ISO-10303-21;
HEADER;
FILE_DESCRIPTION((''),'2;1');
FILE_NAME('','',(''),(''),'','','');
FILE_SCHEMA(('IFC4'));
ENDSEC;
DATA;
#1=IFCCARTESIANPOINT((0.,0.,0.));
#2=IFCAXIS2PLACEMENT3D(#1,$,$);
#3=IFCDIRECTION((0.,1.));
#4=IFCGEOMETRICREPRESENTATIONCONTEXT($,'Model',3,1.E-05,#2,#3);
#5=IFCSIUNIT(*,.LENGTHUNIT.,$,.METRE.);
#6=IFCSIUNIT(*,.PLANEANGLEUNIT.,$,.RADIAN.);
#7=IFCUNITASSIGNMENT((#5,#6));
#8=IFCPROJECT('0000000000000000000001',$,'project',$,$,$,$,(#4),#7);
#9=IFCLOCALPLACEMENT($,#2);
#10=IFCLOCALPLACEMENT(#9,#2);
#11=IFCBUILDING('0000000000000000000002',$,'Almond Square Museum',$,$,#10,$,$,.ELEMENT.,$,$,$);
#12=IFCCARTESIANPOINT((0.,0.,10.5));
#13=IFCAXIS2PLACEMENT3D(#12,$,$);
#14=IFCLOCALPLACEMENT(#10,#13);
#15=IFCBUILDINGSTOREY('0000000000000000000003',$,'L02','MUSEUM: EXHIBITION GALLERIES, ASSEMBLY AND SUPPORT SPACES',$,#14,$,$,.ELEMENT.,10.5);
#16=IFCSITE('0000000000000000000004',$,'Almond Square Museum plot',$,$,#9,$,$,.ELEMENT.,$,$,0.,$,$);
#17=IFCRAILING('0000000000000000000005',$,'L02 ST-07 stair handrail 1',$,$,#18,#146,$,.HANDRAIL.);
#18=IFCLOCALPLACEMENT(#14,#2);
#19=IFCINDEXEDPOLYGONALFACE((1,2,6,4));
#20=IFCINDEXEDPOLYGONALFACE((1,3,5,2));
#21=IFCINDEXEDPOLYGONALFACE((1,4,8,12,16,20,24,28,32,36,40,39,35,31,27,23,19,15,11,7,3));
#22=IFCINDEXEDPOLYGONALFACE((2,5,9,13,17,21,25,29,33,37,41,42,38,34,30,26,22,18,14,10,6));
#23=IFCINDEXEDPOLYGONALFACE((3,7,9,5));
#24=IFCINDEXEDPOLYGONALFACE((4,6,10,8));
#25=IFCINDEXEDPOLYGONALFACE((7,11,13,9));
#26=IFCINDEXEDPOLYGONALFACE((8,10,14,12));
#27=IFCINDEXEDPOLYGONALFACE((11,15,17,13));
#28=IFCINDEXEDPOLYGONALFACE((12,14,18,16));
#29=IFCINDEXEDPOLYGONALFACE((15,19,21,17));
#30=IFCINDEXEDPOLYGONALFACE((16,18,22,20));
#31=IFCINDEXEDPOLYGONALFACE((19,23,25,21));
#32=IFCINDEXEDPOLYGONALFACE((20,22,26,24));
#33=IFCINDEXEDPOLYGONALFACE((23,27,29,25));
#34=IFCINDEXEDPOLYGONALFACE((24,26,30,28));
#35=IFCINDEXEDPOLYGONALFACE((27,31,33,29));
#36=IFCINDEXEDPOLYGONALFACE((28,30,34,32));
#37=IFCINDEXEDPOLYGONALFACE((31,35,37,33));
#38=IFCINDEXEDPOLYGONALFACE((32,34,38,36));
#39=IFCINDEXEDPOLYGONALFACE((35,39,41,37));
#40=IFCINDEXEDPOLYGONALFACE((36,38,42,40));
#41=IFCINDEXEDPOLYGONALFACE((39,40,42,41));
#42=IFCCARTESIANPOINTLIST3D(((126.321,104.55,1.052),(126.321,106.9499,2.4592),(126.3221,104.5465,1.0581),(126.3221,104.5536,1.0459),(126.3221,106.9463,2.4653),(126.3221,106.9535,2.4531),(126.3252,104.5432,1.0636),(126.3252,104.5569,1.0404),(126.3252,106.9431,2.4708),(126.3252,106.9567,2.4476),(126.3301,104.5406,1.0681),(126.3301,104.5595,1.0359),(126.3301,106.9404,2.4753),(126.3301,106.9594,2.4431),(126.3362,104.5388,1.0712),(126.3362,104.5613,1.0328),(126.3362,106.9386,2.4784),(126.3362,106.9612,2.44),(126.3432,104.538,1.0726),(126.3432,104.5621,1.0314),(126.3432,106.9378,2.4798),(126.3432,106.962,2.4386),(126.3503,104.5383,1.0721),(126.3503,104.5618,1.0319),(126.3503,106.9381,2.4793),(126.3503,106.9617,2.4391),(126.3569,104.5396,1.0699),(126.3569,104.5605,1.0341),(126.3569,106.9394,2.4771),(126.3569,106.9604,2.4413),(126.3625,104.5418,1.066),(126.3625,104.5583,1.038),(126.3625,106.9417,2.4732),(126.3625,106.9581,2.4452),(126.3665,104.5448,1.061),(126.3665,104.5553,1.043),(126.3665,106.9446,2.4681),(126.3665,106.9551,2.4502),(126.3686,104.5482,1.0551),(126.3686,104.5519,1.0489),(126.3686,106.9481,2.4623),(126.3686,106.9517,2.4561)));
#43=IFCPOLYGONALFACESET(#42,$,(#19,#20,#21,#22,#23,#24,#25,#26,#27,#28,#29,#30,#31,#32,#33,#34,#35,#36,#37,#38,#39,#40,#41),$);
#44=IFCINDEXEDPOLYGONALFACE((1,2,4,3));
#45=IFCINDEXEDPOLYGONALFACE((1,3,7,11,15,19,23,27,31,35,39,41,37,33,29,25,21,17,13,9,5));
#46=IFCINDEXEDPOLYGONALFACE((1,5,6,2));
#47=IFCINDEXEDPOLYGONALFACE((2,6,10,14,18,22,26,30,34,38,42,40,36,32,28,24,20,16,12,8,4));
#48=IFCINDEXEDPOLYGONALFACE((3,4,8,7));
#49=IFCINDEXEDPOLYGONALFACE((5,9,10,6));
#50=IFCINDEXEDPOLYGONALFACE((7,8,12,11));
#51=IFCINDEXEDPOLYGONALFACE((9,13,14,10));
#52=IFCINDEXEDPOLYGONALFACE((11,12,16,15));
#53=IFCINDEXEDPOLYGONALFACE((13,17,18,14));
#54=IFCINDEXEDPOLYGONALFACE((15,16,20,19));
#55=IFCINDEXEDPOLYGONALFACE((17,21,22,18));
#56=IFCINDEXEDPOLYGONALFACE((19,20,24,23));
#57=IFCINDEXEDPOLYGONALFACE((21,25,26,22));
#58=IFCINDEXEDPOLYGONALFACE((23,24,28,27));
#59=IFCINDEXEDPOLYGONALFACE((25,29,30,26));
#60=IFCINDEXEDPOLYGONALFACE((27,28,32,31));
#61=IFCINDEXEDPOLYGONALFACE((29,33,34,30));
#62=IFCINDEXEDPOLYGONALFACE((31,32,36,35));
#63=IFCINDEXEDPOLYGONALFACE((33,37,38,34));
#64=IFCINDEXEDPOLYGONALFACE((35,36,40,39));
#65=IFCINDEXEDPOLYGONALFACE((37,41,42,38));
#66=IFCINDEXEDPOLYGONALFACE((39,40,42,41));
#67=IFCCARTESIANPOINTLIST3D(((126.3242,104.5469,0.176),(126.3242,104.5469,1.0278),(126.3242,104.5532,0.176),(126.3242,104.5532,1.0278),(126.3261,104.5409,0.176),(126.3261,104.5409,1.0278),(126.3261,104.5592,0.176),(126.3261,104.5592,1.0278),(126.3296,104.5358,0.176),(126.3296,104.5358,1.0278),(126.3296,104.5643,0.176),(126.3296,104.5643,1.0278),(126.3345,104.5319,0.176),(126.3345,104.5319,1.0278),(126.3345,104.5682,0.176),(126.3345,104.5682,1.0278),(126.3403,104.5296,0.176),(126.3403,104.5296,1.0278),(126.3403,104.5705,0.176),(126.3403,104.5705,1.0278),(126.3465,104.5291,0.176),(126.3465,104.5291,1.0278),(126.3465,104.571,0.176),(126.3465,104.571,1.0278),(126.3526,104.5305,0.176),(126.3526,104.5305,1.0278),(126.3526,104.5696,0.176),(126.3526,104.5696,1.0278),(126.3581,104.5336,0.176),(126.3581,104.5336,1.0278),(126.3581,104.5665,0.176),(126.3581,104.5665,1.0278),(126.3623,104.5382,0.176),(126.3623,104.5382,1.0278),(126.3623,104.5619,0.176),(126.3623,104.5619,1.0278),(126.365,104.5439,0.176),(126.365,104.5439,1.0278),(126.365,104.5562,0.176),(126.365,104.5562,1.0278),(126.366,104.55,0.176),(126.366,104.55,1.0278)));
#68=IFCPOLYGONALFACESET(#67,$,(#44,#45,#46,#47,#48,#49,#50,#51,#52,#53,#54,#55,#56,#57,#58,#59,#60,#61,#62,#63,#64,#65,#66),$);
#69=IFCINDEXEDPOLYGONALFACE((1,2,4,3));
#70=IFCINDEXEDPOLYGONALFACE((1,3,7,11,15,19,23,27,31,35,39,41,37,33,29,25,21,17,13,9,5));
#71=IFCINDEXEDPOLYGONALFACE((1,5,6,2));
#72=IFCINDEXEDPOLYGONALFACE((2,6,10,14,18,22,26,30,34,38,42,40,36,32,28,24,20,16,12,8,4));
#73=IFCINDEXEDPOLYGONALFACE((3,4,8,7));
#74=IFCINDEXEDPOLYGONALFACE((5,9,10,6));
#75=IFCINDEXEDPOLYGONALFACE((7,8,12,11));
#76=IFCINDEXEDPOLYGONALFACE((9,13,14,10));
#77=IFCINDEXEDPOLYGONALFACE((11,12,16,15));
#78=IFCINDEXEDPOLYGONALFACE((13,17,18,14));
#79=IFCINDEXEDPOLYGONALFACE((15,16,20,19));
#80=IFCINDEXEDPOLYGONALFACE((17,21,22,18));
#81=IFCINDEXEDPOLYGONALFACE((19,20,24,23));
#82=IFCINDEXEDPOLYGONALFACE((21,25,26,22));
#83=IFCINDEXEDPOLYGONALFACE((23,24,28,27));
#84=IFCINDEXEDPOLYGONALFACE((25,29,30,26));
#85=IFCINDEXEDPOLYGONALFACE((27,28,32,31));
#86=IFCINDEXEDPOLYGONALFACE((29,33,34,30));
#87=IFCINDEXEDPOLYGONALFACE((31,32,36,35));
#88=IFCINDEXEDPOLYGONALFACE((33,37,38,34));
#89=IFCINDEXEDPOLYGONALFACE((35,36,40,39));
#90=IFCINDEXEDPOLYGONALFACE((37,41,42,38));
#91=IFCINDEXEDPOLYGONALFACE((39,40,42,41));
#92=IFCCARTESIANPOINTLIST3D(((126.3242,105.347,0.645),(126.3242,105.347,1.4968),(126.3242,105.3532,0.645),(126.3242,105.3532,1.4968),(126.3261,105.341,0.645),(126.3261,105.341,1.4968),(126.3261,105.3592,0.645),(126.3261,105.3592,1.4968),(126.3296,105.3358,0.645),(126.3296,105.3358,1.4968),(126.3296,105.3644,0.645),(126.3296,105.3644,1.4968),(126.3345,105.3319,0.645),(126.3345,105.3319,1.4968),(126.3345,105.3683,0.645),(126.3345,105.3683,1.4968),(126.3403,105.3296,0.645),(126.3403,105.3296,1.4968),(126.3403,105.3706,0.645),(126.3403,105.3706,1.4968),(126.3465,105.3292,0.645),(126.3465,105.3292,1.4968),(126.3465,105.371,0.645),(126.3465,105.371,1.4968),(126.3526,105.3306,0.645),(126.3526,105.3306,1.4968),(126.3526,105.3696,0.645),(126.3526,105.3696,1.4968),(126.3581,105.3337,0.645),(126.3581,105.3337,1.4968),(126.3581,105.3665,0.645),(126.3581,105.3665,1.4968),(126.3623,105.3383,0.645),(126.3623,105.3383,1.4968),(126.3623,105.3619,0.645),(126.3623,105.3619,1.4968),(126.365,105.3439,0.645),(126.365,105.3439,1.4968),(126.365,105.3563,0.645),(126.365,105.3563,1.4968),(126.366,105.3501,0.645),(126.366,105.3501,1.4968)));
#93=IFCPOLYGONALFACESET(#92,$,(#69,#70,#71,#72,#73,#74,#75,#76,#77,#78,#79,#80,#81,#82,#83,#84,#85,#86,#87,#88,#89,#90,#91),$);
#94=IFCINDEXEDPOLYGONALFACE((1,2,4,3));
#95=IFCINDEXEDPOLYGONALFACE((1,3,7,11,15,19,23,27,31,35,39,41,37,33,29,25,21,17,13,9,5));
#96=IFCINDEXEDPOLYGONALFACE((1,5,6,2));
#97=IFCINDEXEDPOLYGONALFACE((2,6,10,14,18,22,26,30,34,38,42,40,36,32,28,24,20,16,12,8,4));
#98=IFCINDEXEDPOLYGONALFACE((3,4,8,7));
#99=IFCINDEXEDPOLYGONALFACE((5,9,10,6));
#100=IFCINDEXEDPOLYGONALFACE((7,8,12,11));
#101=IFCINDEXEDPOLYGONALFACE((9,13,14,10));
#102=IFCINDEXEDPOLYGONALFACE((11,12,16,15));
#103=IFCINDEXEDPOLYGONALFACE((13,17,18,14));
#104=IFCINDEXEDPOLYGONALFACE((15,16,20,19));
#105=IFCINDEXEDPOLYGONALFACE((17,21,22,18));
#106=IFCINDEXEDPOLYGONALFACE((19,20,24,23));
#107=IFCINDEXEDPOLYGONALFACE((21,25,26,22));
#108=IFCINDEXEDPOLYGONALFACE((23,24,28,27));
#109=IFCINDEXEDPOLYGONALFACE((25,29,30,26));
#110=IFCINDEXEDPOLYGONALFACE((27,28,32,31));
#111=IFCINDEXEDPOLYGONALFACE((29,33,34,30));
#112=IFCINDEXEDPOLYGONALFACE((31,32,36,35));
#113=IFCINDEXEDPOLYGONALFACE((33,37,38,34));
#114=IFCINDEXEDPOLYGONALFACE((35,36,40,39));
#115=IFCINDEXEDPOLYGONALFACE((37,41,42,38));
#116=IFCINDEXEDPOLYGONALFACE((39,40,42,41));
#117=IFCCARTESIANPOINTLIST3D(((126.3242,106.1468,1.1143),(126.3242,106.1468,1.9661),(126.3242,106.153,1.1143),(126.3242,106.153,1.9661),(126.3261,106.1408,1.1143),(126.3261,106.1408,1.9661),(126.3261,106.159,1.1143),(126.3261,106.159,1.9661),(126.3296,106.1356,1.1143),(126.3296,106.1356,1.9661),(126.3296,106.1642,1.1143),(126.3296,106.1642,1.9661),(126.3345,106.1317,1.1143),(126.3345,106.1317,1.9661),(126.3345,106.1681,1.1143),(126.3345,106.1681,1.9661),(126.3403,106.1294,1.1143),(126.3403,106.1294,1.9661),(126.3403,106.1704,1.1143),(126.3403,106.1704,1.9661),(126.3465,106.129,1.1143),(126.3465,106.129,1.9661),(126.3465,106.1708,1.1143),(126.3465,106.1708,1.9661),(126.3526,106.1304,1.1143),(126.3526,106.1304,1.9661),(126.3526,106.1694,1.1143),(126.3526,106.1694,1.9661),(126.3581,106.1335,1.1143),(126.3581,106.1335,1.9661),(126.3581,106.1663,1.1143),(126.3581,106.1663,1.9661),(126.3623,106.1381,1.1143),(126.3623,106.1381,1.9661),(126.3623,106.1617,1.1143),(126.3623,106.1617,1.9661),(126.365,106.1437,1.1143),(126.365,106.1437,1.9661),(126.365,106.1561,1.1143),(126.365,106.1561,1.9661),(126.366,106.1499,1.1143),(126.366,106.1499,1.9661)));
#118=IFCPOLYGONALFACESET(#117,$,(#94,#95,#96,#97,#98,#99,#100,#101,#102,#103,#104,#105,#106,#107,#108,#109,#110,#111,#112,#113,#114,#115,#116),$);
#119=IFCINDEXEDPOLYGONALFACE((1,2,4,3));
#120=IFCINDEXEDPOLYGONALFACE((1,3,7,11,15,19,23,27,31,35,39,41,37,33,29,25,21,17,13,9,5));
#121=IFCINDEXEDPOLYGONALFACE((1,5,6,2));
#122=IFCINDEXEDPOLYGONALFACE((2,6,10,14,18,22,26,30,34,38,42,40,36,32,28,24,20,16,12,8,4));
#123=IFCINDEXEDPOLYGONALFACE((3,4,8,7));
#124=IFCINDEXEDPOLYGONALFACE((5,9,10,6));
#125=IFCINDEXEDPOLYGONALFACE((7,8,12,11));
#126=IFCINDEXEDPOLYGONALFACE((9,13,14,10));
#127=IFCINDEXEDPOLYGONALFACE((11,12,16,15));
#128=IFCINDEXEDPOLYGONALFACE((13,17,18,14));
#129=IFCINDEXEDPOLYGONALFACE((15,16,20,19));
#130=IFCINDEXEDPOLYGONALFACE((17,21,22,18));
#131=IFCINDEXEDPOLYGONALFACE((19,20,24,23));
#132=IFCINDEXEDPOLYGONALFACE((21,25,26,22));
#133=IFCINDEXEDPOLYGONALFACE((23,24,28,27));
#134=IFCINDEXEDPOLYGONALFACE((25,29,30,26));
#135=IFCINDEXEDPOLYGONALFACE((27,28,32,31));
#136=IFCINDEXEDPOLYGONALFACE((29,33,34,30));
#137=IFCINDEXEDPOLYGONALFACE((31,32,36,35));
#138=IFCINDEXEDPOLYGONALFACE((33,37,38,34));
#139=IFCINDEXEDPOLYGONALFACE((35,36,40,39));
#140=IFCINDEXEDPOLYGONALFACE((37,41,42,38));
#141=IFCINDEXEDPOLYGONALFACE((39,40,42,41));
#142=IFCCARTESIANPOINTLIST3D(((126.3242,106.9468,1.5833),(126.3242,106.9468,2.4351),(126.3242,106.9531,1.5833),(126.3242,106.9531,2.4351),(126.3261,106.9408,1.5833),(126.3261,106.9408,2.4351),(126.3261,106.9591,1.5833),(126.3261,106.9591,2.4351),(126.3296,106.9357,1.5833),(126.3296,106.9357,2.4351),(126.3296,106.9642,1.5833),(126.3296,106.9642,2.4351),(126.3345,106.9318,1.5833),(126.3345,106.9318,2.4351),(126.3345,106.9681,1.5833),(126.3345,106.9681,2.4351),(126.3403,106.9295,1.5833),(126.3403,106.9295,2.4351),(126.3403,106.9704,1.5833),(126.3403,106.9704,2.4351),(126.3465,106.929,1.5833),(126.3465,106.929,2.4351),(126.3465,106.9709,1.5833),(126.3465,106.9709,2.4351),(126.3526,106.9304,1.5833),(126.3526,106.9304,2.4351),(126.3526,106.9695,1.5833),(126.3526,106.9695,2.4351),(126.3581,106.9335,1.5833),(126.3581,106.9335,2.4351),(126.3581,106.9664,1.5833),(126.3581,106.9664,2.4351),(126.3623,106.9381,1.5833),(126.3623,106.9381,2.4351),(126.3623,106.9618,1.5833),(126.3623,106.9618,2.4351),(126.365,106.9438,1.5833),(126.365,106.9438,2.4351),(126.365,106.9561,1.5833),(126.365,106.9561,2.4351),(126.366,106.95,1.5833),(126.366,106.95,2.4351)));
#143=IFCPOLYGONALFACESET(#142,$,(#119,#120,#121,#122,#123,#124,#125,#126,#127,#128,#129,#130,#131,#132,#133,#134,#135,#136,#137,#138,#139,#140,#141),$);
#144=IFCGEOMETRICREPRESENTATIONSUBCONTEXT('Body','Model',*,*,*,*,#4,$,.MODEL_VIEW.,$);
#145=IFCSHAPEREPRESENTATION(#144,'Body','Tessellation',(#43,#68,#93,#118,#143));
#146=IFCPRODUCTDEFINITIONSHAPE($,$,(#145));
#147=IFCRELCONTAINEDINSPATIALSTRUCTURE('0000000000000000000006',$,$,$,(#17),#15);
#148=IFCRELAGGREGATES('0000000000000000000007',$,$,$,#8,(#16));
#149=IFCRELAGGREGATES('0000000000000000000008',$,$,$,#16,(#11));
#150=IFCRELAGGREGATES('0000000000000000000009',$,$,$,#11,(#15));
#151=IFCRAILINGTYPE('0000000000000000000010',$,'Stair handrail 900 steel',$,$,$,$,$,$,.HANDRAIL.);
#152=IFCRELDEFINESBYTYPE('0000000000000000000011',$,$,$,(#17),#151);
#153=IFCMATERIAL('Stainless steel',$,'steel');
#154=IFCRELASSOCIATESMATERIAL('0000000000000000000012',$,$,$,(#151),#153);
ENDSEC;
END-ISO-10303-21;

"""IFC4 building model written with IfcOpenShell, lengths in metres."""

from ifc_helpers import new_model, si_unit, direction, frame, origin, origin_2d, place, context, subcontext, project, spatial, circle, extrude, material, type_object, element, save


model = new_model("IFC4")

# Units and contexts
model_context = context("Model", 3, precision=1e-05, world=origin(), true_north=direction((0.0, 1.0)))
body_context = subcontext(model_context, "Body", "Model", "MODEL_VIEW")
ifc_project = project(units=[si_unit("LENGTHUNIT", "METRE"), si_unit("PLANEANGLEUNIT", "RADIAN")], contexts=[model_context])

# Site, building, storey
site_placement = place(None, origin())
site = spatial("IfcSite", under=ifc_project, at=site_placement, Name="Almond Square Museum plot", CompositionType="ELEMENT", RefElevation=0.0)
building_placement = place(site_placement, origin())
building = spatial("IfcBuilding", under=site, at=building_placement, Name="Almond Square Museum", CompositionType="ELEMENT")
storey_placement = place(building_placement, frame((0.0, 0.0, 10.5)))
storey = spatial("IfcBuildingStorey", under=building, at=storey_placement, Name="L02", Description="MUSEUM: EXHIBITION GALLERIES, ASSEMBLY AND SUPPORT SPACES", CompositionType="ELEMENT", Elevation=10.5)

# Railing
ifc_material_1 = material(Name="Stainless steel", Category="steel")
railing_type_1 = type_object("IfcRailingType", Name="Stair handrail 900 steel", PredefinedType="HANDRAIL", material=ifc_material_1)
railing_1_placement = place(storey_placement, frame((126.345, 104.55, 0.176)))
element("IfcRailing", 1, at=railing_1_placement, inside=storey, type_object=railing_type_1, Name="L02 ST-07 stair handrail 1", PredefinedType="HANDRAIL", context=body_context, shape_type="SweptSolid", body=[
    extrude(circle(Radius=0.0239, at=origin_2d()), frame((0.0, 0.0, 0.876), z_axis=(0.0, 0.862637, 0.505823), x_axis=(-1.0, 0.0, 0.0)), (0.0, 0.0, 1.0), 2.782),
    extrude(circle(Radius=0.021, at=origin_2d()), origin(), (0.0, 0.0, 1.0), 0.8518),
    extrude(circle(Radius=0.021, at=origin_2d()), frame((0.0, 0.8, 0.469)), (0.0, 0.0, 1.0), 0.8518),
    extrude(circle(Radius=0.021, at=origin_2d()), frame((0.0, 1.5999, 0.9382)), (0.0, 0.0, 1.0), 0.8518),
    extrude(circle(Radius=0.021, at=origin_2d()), frame((0.0, 2.3999, 1.4072)), (0.0, 0.0, 1.0), 0.8518),
])

save(model, "model.ifc")
